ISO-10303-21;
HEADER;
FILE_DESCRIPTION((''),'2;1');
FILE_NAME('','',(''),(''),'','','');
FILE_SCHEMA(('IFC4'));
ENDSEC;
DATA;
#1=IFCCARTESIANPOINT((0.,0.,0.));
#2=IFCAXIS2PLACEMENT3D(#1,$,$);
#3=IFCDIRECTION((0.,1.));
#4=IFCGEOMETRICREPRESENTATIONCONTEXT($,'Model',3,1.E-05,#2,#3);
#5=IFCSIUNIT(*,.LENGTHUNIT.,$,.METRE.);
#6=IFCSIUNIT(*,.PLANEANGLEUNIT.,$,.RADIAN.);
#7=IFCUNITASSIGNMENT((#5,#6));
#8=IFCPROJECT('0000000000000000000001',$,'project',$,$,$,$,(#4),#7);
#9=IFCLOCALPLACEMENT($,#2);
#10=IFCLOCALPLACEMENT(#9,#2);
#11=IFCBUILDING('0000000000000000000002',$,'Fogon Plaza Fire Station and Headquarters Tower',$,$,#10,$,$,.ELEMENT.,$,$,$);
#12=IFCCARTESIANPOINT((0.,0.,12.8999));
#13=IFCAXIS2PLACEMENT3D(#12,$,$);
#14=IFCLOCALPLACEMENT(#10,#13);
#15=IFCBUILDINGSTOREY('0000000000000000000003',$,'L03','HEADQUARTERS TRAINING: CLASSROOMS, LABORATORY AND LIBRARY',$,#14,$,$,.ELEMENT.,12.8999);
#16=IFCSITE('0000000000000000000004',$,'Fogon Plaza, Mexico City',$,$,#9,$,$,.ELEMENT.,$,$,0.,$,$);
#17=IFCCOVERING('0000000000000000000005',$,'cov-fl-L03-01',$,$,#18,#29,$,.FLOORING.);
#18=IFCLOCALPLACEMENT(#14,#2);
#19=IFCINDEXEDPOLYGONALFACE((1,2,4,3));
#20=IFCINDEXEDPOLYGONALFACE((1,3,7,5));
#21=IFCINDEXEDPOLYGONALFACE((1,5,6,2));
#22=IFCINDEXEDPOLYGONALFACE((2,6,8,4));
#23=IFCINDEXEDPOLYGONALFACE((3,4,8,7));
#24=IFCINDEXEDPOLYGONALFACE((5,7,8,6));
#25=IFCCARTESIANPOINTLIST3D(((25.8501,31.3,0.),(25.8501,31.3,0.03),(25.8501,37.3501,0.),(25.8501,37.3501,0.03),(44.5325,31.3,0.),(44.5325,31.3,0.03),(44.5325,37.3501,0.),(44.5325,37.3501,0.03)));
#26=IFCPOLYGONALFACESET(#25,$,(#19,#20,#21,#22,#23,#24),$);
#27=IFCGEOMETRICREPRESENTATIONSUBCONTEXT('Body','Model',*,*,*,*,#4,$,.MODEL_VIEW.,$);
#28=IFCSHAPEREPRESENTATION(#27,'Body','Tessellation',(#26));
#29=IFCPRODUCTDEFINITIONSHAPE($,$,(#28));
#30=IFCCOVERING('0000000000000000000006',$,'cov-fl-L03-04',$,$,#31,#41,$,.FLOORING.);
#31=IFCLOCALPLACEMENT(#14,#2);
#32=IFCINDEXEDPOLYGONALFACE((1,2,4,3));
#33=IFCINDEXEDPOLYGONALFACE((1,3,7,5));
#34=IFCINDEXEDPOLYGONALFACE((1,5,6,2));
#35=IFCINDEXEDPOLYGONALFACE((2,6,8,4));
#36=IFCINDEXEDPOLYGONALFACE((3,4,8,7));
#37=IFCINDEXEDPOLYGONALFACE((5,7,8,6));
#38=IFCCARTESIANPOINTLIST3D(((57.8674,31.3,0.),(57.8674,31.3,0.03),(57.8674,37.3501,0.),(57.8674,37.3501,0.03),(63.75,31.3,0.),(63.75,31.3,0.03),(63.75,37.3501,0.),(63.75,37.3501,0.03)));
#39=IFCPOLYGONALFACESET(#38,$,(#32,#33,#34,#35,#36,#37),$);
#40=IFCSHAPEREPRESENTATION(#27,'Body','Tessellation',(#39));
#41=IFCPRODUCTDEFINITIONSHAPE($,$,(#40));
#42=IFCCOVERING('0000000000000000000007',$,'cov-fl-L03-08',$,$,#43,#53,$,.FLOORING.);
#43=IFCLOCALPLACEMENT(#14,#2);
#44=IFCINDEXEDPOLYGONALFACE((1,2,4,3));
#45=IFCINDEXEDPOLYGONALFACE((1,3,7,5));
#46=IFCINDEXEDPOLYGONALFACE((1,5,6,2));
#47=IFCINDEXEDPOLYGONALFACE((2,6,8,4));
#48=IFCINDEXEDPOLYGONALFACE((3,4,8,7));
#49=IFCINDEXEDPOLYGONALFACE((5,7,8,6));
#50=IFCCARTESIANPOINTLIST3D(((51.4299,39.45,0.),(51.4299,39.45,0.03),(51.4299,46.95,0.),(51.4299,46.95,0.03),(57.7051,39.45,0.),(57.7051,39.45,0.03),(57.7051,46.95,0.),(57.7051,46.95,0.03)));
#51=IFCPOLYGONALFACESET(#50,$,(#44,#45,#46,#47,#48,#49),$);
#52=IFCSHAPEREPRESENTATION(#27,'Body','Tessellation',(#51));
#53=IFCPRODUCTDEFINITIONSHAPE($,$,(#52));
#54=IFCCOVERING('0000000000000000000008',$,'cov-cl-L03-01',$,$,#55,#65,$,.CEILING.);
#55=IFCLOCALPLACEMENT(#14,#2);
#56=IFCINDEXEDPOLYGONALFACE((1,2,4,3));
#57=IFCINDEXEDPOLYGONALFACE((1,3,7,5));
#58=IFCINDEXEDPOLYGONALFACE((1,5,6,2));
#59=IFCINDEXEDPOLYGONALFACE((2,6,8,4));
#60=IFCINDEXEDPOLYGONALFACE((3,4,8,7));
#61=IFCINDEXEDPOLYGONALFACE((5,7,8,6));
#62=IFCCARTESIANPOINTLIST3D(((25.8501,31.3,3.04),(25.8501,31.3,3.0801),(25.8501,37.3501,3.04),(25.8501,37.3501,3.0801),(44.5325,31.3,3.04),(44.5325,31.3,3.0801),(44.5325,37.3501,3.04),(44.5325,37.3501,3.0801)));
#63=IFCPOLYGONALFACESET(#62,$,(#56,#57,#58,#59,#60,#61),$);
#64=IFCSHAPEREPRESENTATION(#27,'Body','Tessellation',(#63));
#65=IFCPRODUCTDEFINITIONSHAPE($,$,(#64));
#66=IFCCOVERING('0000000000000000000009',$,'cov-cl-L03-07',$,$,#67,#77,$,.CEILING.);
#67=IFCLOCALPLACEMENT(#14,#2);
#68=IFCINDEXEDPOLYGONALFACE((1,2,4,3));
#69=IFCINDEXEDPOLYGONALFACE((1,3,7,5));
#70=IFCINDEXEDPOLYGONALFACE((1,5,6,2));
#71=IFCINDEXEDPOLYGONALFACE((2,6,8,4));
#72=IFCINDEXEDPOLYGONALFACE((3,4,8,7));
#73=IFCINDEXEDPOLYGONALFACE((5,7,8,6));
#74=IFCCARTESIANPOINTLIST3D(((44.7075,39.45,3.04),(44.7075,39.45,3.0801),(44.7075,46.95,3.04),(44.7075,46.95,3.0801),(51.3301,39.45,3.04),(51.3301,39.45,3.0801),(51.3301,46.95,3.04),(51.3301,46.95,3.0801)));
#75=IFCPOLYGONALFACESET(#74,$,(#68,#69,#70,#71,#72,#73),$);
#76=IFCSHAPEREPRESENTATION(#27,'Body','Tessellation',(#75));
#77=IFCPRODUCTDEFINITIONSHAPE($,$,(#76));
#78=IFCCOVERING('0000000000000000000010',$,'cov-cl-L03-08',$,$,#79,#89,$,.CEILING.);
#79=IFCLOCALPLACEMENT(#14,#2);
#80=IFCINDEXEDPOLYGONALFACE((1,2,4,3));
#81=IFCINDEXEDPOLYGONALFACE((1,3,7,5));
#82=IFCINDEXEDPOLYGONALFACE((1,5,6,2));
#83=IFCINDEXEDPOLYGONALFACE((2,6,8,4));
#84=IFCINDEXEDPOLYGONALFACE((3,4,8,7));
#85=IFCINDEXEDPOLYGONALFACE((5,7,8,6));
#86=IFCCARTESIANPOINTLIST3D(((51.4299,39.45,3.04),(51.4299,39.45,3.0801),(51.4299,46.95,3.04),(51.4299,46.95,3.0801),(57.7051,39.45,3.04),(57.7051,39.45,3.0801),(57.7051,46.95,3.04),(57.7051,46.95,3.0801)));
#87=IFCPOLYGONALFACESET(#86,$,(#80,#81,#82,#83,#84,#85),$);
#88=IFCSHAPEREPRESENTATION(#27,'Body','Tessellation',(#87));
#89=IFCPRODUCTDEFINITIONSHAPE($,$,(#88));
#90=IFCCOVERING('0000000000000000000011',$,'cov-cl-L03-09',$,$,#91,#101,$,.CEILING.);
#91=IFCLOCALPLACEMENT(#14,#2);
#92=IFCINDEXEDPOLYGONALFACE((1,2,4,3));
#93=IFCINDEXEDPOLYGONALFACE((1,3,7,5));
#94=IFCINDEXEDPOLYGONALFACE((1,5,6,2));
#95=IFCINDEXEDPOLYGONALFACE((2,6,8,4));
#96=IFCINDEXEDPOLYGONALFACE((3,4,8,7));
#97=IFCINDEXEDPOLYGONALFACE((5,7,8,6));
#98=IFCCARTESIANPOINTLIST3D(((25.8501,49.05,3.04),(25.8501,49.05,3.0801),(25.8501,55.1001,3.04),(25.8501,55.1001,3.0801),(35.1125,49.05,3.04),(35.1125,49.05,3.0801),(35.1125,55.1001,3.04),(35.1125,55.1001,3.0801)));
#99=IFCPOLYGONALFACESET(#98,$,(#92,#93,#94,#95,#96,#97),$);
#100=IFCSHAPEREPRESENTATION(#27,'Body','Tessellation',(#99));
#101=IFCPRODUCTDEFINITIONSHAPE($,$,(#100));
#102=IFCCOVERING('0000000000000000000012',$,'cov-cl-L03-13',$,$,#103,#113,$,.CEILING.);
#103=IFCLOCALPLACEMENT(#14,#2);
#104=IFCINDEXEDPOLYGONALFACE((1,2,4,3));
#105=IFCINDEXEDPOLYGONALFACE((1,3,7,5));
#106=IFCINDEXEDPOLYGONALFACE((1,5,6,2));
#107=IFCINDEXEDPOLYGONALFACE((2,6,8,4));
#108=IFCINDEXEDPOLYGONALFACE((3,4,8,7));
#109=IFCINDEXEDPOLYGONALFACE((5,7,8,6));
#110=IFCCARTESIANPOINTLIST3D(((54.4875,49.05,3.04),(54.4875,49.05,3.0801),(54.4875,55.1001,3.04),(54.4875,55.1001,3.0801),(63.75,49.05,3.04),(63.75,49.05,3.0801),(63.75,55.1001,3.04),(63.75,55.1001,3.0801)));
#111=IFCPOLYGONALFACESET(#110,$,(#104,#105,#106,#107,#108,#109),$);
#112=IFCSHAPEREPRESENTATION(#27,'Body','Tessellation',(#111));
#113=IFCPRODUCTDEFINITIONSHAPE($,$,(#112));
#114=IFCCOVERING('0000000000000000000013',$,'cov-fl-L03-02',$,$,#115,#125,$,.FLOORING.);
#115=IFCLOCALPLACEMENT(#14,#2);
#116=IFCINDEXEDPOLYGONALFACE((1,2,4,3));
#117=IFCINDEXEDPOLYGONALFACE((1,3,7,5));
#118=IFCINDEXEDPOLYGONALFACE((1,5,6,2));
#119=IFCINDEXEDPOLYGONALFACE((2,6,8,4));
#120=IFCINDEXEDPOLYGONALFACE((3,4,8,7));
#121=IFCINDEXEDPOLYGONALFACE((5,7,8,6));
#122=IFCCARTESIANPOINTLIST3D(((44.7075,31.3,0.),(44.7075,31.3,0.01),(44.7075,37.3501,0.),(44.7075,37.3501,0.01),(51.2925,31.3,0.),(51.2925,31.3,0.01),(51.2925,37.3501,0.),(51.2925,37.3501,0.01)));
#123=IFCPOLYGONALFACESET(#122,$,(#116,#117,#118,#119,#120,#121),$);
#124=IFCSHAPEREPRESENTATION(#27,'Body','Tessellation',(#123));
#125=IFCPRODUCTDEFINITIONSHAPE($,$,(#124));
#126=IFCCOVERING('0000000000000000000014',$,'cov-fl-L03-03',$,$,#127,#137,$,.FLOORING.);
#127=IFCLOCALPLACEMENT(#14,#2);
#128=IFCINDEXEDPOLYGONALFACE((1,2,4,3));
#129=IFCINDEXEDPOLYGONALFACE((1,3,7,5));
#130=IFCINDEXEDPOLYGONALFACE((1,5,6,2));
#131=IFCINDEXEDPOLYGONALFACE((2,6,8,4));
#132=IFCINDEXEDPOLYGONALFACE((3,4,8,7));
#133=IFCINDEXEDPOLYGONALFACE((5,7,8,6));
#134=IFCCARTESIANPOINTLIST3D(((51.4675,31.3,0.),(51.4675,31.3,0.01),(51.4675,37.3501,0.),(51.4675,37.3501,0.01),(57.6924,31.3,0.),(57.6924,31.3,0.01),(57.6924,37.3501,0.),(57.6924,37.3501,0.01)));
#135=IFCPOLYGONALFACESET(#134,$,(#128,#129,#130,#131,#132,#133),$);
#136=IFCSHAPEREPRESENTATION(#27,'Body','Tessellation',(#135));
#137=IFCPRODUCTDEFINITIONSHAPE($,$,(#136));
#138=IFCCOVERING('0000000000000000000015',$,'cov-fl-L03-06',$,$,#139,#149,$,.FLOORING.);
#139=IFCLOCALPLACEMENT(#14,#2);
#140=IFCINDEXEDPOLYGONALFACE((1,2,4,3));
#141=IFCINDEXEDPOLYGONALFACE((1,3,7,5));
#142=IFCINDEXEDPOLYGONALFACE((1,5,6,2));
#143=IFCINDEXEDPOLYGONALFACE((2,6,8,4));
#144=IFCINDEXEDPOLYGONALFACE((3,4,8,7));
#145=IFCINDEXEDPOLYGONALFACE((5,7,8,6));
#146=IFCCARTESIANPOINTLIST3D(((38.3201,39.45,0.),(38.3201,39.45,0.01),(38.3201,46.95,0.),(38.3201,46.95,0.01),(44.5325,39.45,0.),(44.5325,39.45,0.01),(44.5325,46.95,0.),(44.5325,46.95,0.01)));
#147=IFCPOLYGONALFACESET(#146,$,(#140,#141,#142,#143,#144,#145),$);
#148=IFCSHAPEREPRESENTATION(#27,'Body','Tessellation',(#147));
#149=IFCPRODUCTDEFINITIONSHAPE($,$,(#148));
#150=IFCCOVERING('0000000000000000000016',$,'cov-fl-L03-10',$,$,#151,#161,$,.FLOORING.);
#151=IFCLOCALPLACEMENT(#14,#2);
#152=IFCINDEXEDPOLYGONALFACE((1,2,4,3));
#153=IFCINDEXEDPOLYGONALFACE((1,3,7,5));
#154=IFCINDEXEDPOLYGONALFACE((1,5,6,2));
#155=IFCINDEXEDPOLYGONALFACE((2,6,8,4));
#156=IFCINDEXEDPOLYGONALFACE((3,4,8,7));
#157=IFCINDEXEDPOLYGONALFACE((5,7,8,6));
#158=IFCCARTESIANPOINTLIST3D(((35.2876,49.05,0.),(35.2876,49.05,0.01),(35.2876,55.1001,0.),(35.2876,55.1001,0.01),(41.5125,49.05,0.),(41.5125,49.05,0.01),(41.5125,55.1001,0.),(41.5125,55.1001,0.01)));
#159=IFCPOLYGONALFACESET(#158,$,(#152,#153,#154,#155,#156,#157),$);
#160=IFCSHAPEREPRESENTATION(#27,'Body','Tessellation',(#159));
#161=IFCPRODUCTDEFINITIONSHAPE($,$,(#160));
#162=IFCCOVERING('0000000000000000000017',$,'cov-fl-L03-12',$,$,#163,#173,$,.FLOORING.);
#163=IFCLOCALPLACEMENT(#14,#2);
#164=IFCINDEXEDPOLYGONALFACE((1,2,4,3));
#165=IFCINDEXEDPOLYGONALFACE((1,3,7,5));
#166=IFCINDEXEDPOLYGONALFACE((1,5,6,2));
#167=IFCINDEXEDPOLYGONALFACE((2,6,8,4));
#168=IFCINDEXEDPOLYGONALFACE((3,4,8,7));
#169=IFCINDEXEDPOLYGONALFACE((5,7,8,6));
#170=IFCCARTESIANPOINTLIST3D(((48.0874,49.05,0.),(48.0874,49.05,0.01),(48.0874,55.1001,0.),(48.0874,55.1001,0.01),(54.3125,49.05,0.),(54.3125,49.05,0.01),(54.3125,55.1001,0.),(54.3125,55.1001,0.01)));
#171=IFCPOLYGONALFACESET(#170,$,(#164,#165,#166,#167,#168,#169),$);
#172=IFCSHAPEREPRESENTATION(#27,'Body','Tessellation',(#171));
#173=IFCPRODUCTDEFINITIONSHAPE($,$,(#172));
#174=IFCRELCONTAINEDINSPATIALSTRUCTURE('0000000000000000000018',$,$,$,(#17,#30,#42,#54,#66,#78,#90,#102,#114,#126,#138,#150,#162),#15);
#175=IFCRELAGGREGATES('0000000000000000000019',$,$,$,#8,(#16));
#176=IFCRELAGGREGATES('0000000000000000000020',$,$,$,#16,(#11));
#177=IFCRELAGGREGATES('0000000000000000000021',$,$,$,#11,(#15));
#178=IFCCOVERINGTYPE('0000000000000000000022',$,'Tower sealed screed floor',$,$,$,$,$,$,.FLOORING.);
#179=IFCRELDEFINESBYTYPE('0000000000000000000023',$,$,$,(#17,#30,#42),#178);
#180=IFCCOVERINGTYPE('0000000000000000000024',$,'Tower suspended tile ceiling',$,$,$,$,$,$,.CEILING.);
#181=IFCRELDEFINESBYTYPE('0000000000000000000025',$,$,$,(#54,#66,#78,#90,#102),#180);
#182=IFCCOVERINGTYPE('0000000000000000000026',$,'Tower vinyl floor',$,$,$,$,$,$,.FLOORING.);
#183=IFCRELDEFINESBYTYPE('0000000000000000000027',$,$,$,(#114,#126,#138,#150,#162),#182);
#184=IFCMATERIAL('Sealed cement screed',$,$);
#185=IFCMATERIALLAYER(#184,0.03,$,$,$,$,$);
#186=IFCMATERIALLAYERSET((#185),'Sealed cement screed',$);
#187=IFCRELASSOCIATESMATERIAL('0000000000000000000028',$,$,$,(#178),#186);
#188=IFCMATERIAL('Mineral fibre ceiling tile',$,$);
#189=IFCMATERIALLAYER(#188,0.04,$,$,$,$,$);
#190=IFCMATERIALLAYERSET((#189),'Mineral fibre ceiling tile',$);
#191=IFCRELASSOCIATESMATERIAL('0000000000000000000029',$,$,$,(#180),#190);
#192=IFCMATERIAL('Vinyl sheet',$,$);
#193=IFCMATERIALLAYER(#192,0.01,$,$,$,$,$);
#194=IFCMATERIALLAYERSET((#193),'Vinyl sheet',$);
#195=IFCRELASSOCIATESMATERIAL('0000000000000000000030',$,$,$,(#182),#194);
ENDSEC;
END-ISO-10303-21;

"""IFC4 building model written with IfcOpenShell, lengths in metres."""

from ifc_helpers import new_model, si_unit, direction, frame, origin, place, context, subcontext, project, spatial, polyline, outline, extrude, material, layer, layer_set, type_object, element, save


model = new_model("IFC4")

# Units and contexts
model_context = context("Model", 3, precision=1e-05, world=origin(), true_north=direction((0.0, 1.0)))
body_context = subcontext(model_context, "Body", "Model", "MODEL_VIEW")
ifc_project = project(units=[si_unit("LENGTHUNIT", "METRE"), si_unit("PLANEANGLEUNIT", "RADIAN")], contexts=[model_context])

# Site, building, storey
site_placement = place(None, origin())
site = spatial("IfcSite", under=ifc_project, at=site_placement, Name="Fogon Plaza, Mexico City", CompositionType="ELEMENT", RefElevation=0.0)
building_placement = place(site_placement, origin())
building = spatial("IfcBuilding", under=site, at=building_placement, Name="Fogon Plaza Fire Station and Headquarters Tower", CompositionType="ELEMENT")
storey_placement = place(building_placement, frame((0.0, 0.0, 12.8999)))
storey = spatial("IfcBuildingStorey", under=building, at=storey_placement, Name="L03", Description="HEADQUARTERS TRAINING: CLASSROOMS, LABORATORY AND LIBRARY", CompositionType="ELEMENT", Elevation=12.8999)

# Coverings
ifc_material_1 = material(Name="Sealed cement screed")
ifc_layer_1 = layer(ifc_material_1, 0.03)
ifc_layer_set_1 = layer_set([ifc_layer_1], Name="Sealed cement screed")
covering_type_1 = type_object("IfcCoveringType", Name="Tower sealed screed floor", PredefinedType="FLOORING", material=ifc_layer_set_1)
covering_1_placement = place(storey_placement, origin())
element("IfcCovering", 1, at=covering_1_placement, inside=storey, type_object=covering_type_1, Name="cov-fl-L03-01", PredefinedType="FLOORING", context=body_context, shape_type="SweptSolid", body=[
    extrude(outline(polyline([(44.5325, 31.3), (44.5325, 37.3501), (25.8501, 37.3501), (25.8501, 31.3), (44.5325, 31.3)])), origin(), (0.0, 0.0, 1.0), 0.03),
])
covering_2_placement = place(storey_placement, origin())
element("IfcCovering", 2, at=covering_2_placement, inside=storey, type_object=covering_type_1, Name="cov-fl-L03-04", PredefinedType="FLOORING", context=body_context, shape_type="SweptSolid", body=[
    extrude(outline(polyline([(63.75, 31.3), (63.75, 37.3501), (57.8674, 37.3501), (57.8674, 31.3), (63.75, 31.3)])), origin(), (0.0, 0.0, 1.0), 0.03),
])
covering_3_placement = place(storey_placement, origin())
element("IfcCovering", 3, at=covering_3_placement, inside=storey, type_object=covering_type_1, Name="cov-fl-L03-08", PredefinedType="FLOORING", context=body_context, shape_type="SweptSolid", body=[
    extrude(outline(polyline([(57.7051, 39.45), (57.7051, 46.95), (51.4299, 46.95), (51.4299, 39.45), (57.7051, 39.45)])), origin(), (0.0, 0.0, 1.0), 0.03),
])
ifc_material_2 = material(Name="Mineral fibre ceiling tile")
ifc_layer_2 = layer(ifc_material_2, 0.04)
ifc_layer_set_2 = layer_set([ifc_layer_2], Name="Mineral fibre ceiling tile")
covering_type_2 = type_object("IfcCoveringType", Name="Tower suspended tile ceiling", PredefinedType="CEILING", material=ifc_layer_set_2)
covering_4_placement = place(storey_placement, frame((0.0, 0.0, 3.04)))
element("IfcCovering", 4, at=covering_4_placement, inside=storey, type_object=covering_type_2, Name="cov-cl-L03-01", PredefinedType="CEILING", context=body_context, shape_type="SweptSolid", body=[
    extrude(outline(polyline([(44.5325, 31.3), (44.5325, 37.3501), (25.8501, 37.3501), (25.8501, 31.3), (44.5325, 31.3)])), origin(), (0.0, 0.0, 1.0), 0.04),
])
covering_5_placement = place(storey_placement, frame((0.0, 0.0, 3.04)))
element("IfcCovering", 5, at=covering_5_placement, inside=storey, type_object=covering_type_2, Name="cov-cl-L03-07", PredefinedType="CEILING", context=body_context, shape_type="SweptSolid", body=[
    extrude(outline(polyline([(51.3301, 39.45), (51.3301, 46.95), (44.7075, 46.95), (44.7075, 39.45), (51.3301, 39.45)])), origin(), (0.0, 0.0, 1.0), 0.04),
])
covering_6_placement = place(storey_placement, frame((0.0, 0.0, 3.04)))
element("IfcCovering", 6, at=covering_6_placement, inside=storey, type_object=covering_type_2, Name="cov-cl-L03-08", PredefinedType="CEILING", context=body_context, shape_type="SweptSolid", body=[
    extrude(outline(polyline([(57.7051, 39.45), (57.7051, 46.95), (51.4299, 46.95), (51.4299, 39.45), (57.7051, 39.45)])), origin(), (0.0, 0.0, 1.0), 0.04),
])
covering_7_placement = place(storey_placement, frame((0.0, 0.0, 3.04)))
element("IfcCovering", 7, at=covering_7_placement, inside=storey, type_object=covering_type_2, Name="cov-cl-L03-09", PredefinedType="CEILING", context=body_context, shape_type="SweptSolid", body=[
    extrude(outline(polyline([(35.1125, 49.05), (35.1125, 55.1001), (25.8501, 55.1001), (25.8501, 49.05), (35.1125, 49.05)])), origin(), (0.0, 0.0, 1.0), 0.04),
])
covering_8_placement = place(storey_placement, frame((0.0, 0.0, 3.04)))
element("IfcCovering", 8, at=covering_8_placement, inside=storey, type_object=covering_type_2, Name="cov-cl-L03-13", PredefinedType="CEILING", context=body_context, shape_type="SweptSolid", body=[
    extrude(outline(polyline([(63.75, 49.05), (63.75, 55.1001), (54.4875, 55.1001), (54.4875, 49.05), (63.75, 49.05)])), origin(), (0.0, 0.0, 1.0), 0.04),
])
ifc_material_3 = material(Name="Vinyl sheet")
ifc_layer_3 = layer(ifc_material_3, 0.01)
ifc_layer_set_3 = layer_set([ifc_layer_3], Name="Vinyl sheet")
covering_type_3 = type_object("IfcCoveringType", Name="Tower vinyl floor", PredefinedType="FLOORING", material=ifc_layer_set_3)
covering_9_placement = place(storey_placement, origin())
element("IfcCovering", 9, at=covering_9_placement, inside=storey, type_object=covering_type_3, Name="cov-fl-L03-02", PredefinedType="FLOORING", context=body_context, shape_type="SweptSolid", body=[
    extrude(outline(polyline([(51.2925, 31.3), (51.2925, 37.3501), (44.7075, 37.3501), (44.7075, 31.3), (51.2925, 31.3)])), origin(), (0.0, 0.0, 1.0), 0.01),
])
covering_10_placement = place(storey_placement, origin())
element("IfcCovering", 10, at=covering_10_placement, inside=storey, type_object=covering_type_3, Name="cov-fl-L03-03", PredefinedType="FLOORING", context=body_context, shape_type="SweptSolid", body=[
    extrude(outline(polyline([(57.6924, 31.3), (57.6924, 37.3501), (51.4675, 37.3501), (51.4675, 31.3), (57.6924, 31.3)])), origin(), (0.0, 0.0, 1.0), 0.01),
])
covering_11_placement = place(storey_placement, origin())
element("IfcCovering", 11, at=covering_11_placement, inside=storey, type_object=covering_type_3, Name="cov-fl-L03-06", PredefinedType="FLOORING", context=body_context, shape_type="SweptSolid", body=[
    extrude(outline(polyline([(44.5325, 39.45), (44.5325, 46.95), (38.3201, 46.95), (38.3201, 39.45), (44.5325, 39.45)])), origin(), (0.0, 0.0, 1.0), 0.01),
])
covering_12_placement = place(storey_placement, origin())
element("IfcCovering", 12, at=covering_12_placement, inside=storey, type_object=covering_type_3, Name="cov-fl-L03-10", PredefinedType="FLOORING", context=body_context, shape_type="SweptSolid", body=[
    extrude(outline(polyline([(41.5125, 49.05), (41.5125, 55.1001), (35.2876, 55.1001), (35.2876, 49.05), (41.5125, 49.05)])), origin(), (0.0, 0.0, 1.0), 0.01),
])
covering_13_placement = place(storey_placement, origin())
element("IfcCovering", 13, at=covering_13_placement, inside=storey, type_object=covering_type_3, Name="cov-fl-L03-12", PredefinedType="FLOORING", context=body_context, shape_type="SweptSolid", body=[
    extrude(outline(polyline([(54.3125, 49.05), (54.3125, 55.1001), (48.0874, 55.1001), (48.0874, 49.05), (54.3125, 49.05)])), origin(), (0.0, 0.0, 1.0), 0.01),
])

save(model, "model.ifc")
